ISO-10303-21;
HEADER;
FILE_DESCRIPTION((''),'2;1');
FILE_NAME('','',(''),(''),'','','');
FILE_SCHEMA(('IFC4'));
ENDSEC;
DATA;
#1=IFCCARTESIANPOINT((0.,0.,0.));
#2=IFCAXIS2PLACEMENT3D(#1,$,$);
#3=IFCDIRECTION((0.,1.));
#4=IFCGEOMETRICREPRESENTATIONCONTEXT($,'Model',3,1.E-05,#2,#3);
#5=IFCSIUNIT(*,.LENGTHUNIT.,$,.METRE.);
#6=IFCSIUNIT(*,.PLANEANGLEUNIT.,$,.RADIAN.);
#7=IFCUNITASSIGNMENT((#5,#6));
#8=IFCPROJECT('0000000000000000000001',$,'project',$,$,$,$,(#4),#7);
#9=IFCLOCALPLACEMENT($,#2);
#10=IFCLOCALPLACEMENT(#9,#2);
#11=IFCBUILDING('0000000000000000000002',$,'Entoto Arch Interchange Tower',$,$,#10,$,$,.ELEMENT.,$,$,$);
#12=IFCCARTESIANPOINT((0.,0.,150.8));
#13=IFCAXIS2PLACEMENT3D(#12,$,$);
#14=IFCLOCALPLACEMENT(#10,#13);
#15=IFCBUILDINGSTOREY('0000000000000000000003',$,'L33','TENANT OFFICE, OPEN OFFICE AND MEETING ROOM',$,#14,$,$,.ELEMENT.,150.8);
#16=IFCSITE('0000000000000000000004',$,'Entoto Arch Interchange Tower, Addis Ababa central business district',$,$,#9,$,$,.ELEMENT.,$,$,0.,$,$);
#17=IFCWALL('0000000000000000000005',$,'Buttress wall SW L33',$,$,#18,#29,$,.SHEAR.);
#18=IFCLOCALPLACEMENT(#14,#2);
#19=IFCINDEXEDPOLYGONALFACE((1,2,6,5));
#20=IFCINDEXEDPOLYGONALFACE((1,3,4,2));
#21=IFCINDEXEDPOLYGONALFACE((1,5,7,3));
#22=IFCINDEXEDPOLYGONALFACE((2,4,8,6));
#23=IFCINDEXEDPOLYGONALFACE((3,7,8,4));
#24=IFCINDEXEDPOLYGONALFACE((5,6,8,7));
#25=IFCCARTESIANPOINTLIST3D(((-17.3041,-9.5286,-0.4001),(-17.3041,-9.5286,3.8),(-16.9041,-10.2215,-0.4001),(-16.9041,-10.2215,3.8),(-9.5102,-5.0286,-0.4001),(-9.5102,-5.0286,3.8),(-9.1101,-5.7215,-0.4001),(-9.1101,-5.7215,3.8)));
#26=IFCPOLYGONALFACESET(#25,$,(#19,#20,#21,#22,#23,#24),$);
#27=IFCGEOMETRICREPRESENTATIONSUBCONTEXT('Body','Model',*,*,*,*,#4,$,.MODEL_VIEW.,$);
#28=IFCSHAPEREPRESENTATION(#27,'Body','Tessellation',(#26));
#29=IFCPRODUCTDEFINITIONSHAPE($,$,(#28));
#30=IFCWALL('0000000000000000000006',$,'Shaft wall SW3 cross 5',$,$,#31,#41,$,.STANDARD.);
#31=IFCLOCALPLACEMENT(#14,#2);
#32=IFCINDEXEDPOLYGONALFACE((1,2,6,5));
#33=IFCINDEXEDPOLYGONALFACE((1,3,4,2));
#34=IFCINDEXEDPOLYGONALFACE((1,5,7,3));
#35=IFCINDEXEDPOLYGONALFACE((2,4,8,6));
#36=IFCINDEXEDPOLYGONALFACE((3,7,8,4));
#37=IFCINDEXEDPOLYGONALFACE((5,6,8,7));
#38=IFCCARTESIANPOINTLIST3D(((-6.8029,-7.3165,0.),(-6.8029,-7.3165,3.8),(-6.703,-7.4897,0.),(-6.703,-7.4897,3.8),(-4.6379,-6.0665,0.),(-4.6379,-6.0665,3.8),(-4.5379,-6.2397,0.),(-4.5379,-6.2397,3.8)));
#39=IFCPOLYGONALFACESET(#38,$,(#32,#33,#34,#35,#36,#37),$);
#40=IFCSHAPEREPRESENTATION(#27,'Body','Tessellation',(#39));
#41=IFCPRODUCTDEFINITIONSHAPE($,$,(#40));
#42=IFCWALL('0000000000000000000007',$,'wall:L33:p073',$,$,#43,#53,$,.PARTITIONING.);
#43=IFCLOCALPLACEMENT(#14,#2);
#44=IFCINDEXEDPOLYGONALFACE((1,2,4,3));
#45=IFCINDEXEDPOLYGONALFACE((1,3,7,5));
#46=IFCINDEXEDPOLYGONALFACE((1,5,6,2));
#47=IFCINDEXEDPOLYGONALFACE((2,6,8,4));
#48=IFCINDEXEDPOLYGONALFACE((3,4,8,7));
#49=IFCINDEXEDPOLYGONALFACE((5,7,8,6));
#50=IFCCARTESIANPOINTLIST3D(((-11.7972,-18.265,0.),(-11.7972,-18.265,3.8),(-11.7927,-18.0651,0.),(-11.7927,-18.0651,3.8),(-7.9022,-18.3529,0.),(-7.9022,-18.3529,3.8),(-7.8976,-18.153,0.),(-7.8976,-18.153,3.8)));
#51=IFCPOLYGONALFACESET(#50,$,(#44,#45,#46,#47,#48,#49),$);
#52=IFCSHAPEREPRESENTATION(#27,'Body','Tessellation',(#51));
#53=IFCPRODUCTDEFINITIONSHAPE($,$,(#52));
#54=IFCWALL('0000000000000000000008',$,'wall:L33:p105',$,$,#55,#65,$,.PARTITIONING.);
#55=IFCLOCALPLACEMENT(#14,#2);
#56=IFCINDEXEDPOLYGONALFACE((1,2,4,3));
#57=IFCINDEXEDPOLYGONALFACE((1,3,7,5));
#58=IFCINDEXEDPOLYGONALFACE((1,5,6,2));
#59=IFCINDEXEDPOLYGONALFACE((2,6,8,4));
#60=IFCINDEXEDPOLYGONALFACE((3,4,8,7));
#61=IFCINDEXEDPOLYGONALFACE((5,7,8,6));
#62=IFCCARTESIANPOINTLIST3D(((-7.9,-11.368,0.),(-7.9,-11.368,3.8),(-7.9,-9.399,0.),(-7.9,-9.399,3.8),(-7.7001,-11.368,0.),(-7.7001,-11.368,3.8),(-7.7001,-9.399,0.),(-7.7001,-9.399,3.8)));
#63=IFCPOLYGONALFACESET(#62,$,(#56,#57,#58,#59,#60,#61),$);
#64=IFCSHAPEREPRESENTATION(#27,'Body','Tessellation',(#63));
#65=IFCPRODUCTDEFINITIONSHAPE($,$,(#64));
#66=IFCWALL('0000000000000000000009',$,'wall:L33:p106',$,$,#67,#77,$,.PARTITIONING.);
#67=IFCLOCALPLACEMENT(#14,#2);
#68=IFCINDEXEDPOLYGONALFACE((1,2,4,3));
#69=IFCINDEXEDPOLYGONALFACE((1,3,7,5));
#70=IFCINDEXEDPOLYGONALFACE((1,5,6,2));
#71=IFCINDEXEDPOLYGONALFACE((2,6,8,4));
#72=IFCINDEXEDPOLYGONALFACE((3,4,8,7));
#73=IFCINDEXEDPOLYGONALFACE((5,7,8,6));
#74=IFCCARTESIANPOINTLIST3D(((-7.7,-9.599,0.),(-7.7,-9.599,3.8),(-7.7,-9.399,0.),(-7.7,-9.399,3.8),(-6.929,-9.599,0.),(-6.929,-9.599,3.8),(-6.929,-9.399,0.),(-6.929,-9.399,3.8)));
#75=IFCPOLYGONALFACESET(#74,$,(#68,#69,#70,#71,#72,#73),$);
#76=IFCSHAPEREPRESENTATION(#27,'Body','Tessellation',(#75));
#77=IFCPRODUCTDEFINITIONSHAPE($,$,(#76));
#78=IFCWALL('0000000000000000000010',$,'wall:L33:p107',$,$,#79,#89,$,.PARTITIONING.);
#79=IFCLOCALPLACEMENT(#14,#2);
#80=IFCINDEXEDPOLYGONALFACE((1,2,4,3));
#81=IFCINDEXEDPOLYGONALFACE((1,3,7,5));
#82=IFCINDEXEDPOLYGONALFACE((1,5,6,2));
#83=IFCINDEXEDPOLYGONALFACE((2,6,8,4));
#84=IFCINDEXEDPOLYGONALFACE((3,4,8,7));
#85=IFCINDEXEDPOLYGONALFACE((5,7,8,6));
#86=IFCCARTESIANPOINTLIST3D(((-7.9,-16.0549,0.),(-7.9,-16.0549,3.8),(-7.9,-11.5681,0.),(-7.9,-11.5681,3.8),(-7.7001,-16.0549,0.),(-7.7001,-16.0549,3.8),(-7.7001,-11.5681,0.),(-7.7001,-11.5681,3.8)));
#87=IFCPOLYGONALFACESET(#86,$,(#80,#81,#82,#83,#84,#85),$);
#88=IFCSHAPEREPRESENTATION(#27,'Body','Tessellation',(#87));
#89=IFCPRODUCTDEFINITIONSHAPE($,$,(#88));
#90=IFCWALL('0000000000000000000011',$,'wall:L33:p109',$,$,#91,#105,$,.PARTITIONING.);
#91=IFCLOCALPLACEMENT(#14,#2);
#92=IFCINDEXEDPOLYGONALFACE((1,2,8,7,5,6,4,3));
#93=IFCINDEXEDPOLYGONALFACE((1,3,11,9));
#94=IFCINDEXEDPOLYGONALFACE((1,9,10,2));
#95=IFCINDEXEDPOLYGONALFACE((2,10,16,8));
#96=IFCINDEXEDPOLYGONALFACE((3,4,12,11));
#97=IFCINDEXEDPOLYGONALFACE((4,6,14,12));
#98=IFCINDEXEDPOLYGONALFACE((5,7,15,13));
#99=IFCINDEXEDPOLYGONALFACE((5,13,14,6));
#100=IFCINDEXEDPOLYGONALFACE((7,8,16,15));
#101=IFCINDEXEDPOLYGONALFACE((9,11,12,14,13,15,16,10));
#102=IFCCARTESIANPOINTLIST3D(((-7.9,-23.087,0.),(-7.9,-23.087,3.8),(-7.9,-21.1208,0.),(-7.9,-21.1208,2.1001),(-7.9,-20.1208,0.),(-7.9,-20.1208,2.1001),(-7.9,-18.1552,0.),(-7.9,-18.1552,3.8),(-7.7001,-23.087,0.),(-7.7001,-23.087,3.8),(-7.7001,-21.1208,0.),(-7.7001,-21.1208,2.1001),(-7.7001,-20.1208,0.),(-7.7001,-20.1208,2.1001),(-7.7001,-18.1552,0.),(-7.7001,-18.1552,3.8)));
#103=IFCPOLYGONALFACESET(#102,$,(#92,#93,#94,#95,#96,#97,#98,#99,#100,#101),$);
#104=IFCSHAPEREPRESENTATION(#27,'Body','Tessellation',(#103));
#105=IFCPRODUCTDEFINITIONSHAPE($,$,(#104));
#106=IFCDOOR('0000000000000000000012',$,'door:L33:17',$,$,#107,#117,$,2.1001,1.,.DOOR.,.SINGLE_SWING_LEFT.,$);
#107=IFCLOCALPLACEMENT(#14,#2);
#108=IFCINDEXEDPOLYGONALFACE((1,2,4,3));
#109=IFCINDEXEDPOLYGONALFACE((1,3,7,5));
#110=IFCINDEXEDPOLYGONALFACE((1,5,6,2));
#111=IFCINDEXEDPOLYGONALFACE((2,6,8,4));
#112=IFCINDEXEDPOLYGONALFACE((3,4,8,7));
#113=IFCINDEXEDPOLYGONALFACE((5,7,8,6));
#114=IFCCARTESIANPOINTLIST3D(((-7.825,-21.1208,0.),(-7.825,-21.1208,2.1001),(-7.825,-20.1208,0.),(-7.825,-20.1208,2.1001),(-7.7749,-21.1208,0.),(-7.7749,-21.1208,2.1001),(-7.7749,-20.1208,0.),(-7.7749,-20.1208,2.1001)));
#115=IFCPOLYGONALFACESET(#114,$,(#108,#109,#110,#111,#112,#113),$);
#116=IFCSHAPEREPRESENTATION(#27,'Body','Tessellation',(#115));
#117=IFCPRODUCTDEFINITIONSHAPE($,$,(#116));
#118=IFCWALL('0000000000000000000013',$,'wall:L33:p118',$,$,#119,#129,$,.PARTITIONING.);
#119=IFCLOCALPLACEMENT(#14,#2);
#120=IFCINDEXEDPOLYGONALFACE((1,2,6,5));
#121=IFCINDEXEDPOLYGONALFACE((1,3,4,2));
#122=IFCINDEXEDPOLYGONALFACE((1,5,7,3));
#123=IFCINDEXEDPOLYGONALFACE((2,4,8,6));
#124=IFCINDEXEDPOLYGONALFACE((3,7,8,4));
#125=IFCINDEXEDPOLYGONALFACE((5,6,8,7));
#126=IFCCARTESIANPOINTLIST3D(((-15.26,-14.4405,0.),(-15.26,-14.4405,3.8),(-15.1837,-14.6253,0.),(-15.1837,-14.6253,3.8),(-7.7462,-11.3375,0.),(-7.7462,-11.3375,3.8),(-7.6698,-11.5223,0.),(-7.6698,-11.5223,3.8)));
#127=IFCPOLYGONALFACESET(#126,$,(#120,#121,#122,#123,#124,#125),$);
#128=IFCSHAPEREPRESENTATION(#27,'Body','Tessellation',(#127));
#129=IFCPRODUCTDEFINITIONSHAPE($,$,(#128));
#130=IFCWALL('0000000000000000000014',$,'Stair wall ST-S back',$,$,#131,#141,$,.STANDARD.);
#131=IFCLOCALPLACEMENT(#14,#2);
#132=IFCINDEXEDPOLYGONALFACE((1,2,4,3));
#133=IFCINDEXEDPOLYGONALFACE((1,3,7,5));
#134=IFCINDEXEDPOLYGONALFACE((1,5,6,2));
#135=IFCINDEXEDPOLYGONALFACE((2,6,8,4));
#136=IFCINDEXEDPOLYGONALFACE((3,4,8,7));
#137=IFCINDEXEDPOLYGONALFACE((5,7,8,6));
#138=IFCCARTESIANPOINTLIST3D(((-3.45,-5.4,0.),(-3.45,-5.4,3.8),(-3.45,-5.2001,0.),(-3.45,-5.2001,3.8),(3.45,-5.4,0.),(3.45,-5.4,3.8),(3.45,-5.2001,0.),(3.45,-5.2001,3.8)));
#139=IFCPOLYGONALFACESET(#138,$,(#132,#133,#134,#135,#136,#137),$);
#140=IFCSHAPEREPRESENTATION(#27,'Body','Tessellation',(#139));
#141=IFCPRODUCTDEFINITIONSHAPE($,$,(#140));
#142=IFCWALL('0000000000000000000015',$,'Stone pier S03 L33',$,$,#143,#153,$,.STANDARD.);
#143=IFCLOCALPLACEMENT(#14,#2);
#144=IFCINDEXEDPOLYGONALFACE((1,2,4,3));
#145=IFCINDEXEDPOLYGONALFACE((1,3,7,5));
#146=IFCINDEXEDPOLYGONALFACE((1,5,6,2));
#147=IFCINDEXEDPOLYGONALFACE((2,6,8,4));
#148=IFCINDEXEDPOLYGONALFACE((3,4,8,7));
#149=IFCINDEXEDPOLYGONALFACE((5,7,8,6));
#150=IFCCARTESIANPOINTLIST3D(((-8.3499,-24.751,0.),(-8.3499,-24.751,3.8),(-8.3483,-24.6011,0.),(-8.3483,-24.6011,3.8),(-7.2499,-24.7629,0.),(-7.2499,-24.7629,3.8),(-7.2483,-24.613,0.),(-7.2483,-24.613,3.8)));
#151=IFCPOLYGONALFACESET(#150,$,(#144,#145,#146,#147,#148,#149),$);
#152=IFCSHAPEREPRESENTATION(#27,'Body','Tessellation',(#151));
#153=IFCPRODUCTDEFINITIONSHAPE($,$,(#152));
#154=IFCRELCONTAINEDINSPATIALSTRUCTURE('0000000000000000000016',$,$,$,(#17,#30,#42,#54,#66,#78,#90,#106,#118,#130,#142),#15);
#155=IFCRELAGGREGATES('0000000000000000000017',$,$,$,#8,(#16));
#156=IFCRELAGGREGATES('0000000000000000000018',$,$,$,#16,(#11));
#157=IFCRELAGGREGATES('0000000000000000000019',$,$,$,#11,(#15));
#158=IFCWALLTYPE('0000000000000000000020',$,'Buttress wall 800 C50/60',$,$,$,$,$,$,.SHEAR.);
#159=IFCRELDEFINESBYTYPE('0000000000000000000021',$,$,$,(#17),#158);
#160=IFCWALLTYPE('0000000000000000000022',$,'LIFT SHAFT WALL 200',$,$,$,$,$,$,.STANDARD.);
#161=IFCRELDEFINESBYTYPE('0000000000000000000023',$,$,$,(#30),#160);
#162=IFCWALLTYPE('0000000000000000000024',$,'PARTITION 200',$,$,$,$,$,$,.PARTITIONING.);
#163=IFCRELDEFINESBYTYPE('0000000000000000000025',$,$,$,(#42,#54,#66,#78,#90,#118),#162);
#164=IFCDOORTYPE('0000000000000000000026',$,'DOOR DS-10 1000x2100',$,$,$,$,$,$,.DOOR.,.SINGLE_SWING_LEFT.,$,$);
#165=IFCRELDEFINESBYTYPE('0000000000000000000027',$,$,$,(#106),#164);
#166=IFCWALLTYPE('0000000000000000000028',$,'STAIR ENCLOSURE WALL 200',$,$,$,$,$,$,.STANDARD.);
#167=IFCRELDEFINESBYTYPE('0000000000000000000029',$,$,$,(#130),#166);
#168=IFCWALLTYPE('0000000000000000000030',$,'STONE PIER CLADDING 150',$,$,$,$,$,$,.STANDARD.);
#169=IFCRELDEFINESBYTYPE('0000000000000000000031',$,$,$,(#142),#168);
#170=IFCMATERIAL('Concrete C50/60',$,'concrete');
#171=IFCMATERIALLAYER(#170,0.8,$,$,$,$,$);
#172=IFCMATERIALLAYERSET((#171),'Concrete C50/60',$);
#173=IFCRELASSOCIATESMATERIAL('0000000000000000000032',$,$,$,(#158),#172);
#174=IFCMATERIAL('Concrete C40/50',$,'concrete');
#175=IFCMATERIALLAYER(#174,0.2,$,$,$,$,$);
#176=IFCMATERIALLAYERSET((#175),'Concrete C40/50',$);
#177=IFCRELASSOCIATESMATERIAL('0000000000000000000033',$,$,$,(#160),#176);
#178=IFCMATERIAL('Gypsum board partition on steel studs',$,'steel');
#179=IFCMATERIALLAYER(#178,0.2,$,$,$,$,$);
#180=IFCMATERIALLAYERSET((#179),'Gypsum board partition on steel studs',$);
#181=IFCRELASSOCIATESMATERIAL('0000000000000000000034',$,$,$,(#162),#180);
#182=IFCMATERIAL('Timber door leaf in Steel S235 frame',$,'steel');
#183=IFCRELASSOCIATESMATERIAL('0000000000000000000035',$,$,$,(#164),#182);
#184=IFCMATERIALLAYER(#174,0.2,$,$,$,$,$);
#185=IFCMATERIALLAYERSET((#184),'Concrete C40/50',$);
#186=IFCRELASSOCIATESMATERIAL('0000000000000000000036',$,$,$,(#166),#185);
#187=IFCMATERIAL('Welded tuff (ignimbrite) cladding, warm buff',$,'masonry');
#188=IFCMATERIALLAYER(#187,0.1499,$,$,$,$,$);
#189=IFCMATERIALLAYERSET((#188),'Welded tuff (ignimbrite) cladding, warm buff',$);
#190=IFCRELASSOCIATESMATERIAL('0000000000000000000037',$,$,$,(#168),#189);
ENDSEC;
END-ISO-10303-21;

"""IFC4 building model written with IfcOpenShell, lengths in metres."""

from ifc_helpers import new_model, si_unit, direction, frame, frame_2d, origin, place, context, subcontext, project, spatial, rectangle, extrude, material, layer, layer_set, type_object, element, fill, save


model = new_model("IFC4")

# Units and contexts
model_context = context("Model", 3, precision=1e-05, world=origin(), true_north=direction((0.0, 1.0)))
body_context = subcontext(model_context, "Body", "Model", "MODEL_VIEW")
ifc_project = project(units=[si_unit("LENGTHUNIT", "METRE"), si_unit("PLANEANGLEUNIT", "RADIAN")], contexts=[model_context])

# Site, building, storey
site_placement = place(None, origin())
site = spatial("IfcSite", under=ifc_project, at=site_placement, Name="Entoto Arch Interchange Tower, Addis Ababa central business district", CompositionType="ELEMENT", RefElevation=0.0)
building_placement = place(site_placement, origin())
building = spatial("IfcBuilding", under=site, at=building_placement, Name="Entoto Arch Interchange Tower", CompositionType="ELEMENT")
storey_placement = place(building_placement, frame((0.0, 0.0, 150.8)))
storey = spatial("IfcBuildingStorey", under=building, at=storey_placement, Name="L33", Description="TENANT OFFICE, OPEN OFFICE AND MEETING ROOM", CompositionType="ELEMENT", Elevation=150.8)

# Shared definitions
ifc_material_1 = material(Name="Concrete C50/60", Category="concrete")

# Walls
ifc_layer_1 = layer(ifc_material_1, 0.8)
ifc_layer_set_1 = layer_set([ifc_layer_1], Name="Concrete C50/60")
wall_type_1 = type_object("IfcWallType", Name="Buttress wall 800 C50/60", PredefinedType="SHEAR", material=ifc_layer_set_1)
wall_1_placement = place(storey_placement, frame((-9.3101, -5.375, -0.4001), z_axis=(0.0, 0.0, 1.0), x_axis=(-0.866018, -0.500014, 0.0)))
element("IfcWall", 1, at=wall_1_placement, inside=storey, type_object=wall_type_1, Name="Buttress wall SW L33", PredefinedType="SHEAR", context=body_context, shape_type="SweptSolid", body=[
    extrude(rectangle(XDim=8.9998, YDim=0.8, at=frame_2d((4.5, 0.0))), origin(), (0.0, 0.0, 1.0), 4.2002),
])
ifc_material_2 = material(Name="Concrete C40/50", Category="concrete")
ifc_layer_2 = layer(ifc_material_2, 0.2)
ifc_layer_set_2 = layer_set([ifc_layer_2], Name="Concrete C40/50")
wall_type_2 = type_object("IfcWallType", Name="LIFT SHAFT WALL 200", PredefinedType="STANDARD", material=ifc_layer_set_2)
wall_2_placement = place(storey_placement, frame((-4.5879, -6.1531, 0.0), z_axis=(0.0, 0.0, 1.0), x_axis=(-0.866023, -0.500004, 0.0)))
element("IfcWall", 2, at=wall_2_placement, inside=storey, type_object=wall_type_2, Name="Shaft wall SW3 cross 5", PredefinedType="STANDARD", context=body_context, shape_type="SweptSolid", body=[
    extrude(rectangle(XDim=2.5, YDim=0.2, at=frame_2d((1.25, 0.0))), origin(), (0.0, 0.0, 1.0), 3.8),
])
ifc_material_3 = material(Name="Gypsum board partition on steel studs", Category="steel")
ifc_layer_3 = layer(ifc_material_3, 0.2)
ifc_layer_set_3 = layer_set([ifc_layer_3], Name="Gypsum board partition on steel studs")
wall_type_3 = type_object("IfcWallType", Name="PARTITION 200", PredefinedType="PARTITIONING", material=ifc_layer_set_3)
wall_3_placement = place(storey_placement, frame((-7.8999, -18.2529, 0.0), z_axis=(0.0, 0.0, 1.0), x_axis=(-0.999746, 0.022559, 0.0)))
element("IfcWall", 3, at=wall_3_placement, inside=storey, type_object=wall_type_3, Name="wall:L33:p073", PredefinedType="PARTITIONING", context=body_context, shape_type="SweptSolid", body=[
    extrude(rectangle(XDim=3.896, YDim=0.2, at=frame_2d((1.948, 0.0))), origin(), (0.0, 0.0, 1.0), 3.8),
])
wall_4_placement = place(storey_placement, frame((-7.8, -11.3679, 0.0), z_axis=(0.0, 0.0, 1.0), x_axis=(0.0, 1.0, 0.0)))
element("IfcWall", 4, at=wall_4_placement, inside=storey, type_object=wall_type_3, Name="wall:L33:p105", PredefinedType="PARTITIONING", context=body_context, shape_type="SweptSolid", body=[
    extrude(rectangle(XDim=1.969, YDim=0.2, at=frame_2d((0.9844, 0.0))), origin(), (0.0, 0.0, 1.0), 3.8),
])
wall_5_placement = place(storey_placement, frame((-7.7, -9.499, 0.0), z_axis=(0.0, 0.0, 1.0), x_axis=(1.0, 0.0, 0.0)))
element("IfcWall", 5, at=wall_5_placement, inside=storey, type_object=wall_type_3, Name="wall:L33:p106", PredefinedType="PARTITIONING", context=body_context, shape_type="SweptSolid", body=[
    extrude(rectangle(XDim=0.771, YDim=0.2, at=frame_2d((0.3855, 0.0))), origin(), (0.0, 0.0, 1.0), 3.8),
])
wall_6_placement = place(storey_placement, frame((-7.8, -16.0549, 0.0), z_axis=(0.0, 0.0, 1.0), x_axis=(0.0, 1.0, 0.0)))
element("IfcWall", 6, at=wall_6_placement, inside=storey, type_object=wall_type_3, Name="wall:L33:p107", PredefinedType="PARTITIONING", context=body_context, shape_type="SweptSolid", body=[
    extrude(rectangle(XDim=4.4868, YDim=0.2, at=frame_2d((2.2434, 0.0))), origin(), (0.0, 0.0, 1.0), 3.8),
])

# Wall, opening, door
wall_7_placement = place(storey_placement, frame((-7.8, -23.0869, 0.0), z_axis=(0.0, 0.0, 1.0), x_axis=(0.0, 1.0, 0.0)))
wall_7 = element("IfcWall", 7, at=wall_7_placement, inside=storey, type_object=wall_type_3, Name="wall:L33:p109", PredefinedType="PARTITIONING", context=body_context, shape_type="SweptSolid", body=[
    extrude(rectangle(XDim=4.9319, YDim=0.2, at=frame_2d((2.4658, 0.0))), origin(), (0.0, 0.0, 1.0), 3.8),
])
opening_placement = place(wall_7_placement, frame((1.9661, 0.0, 0.0)))
opening = element("IfcOpeningElement", 8, at=opening_placement, cuts=wall_7, PredefinedType="OPENING", context=body_context, shape_type="SweptSolid", body=[
    extrude(rectangle(XDim=1.0, YDim=2.1001, at=frame_2d((0.5, 1.05))), frame((0.0, 0.1099, 0.0), z_axis=(0.0, -1.0, 0.0), x_axis=(1.0, 0.0, 0.0)), (0.0, 0.0, 1.0), 0.22),
])
ifc_material_4 = material(Name="Timber door leaf in Steel S235 frame", Category="steel")
door_type = type_object("IfcDoorType", Name="DOOR DS-10 1000x2100", OperationType="SINGLE_SWING_LEFT", PredefinedType="DOOR", material=ifc_material_4)
door_placement = place(opening_placement, origin())
door = element("IfcDoor", 9, at=door_placement, inside=storey, type_object=door_type, Name="door:L33:17", OperationType="SINGLE_SWING_LEFT", OverallHeight=2.1001, OverallWidth=1.0, PredefinedType="DOOR", context=body_context, shape_type="SweptSolid", body=[
    extrude(rectangle(XDim=1.0, YDim=2.1001, at=frame_2d((0.5, 1.05))), frame((0.0, 0.0249, 0.0), z_axis=(0.0, -1.0, 0.0), x_axis=(1.0, 0.0, 0.0)), (0.0, 0.0, 1.0), 0.05),
])
fill(opening, door)

# Walls
wall_8_placement = place(storey_placement, frame((-7.708, -11.4299, 0.0), z_axis=(0.0, 0.0, 1.0), x_axis=(-0.924285, -0.381703, 0.0)))
element("IfcWall", 10, at=wall_8_placement, inside=storey, type_object=wall_type_3, Name="wall:L33:p118", PredefinedType="PARTITIONING", context=body_context, shape_type="SweptSolid", body=[
    extrude(rectangle(XDim=8.1294, YDim=0.2, at=frame_2d((4.0647, 0.0))), origin(), (0.0, 0.0, 1.0), 3.8),
])
ifc_layer_4 = layer(ifc_material_2, 0.2)
ifc_layer_set_4 = layer_set([ifc_layer_4], Name="Concrete C40/50")
wall_type_4 = type_object("IfcWallType", Name="STAIR ENCLOSURE WALL 200", PredefinedType="STANDARD", material=ifc_layer_set_4)
wall_9_placement = place(storey_placement, frame((-3.45, -5.3, 0.0), z_axis=(0.0, 0.0, 1.0), x_axis=(1.0, 0.0, 0.0)))
element("IfcWall", 11, at=wall_9_placement, inside=storey, type_object=wall_type_4, Name="Stair wall ST-S back", PredefinedType="STANDARD", context=body_context, shape_type="SweptSolid", body=[
    extrude(rectangle(XDim=6.8999, YDim=0.2, at=frame_2d((3.45, 0.0))), origin(), (0.0, 0.0, 1.0), 3.8),
])
ifc_material_5 = material(Name="Welded tuff (ignimbrite) cladding, warm buff", Category="masonry")
ifc_layer_5 = layer(ifc_material_5, 0.1499)
ifc_layer_set_5 = layer_set([ifc_layer_5], Name="Welded tuff (ignimbrite) cladding, warm buff")
wall_type_5 = type_object("IfcWallType", Name="STONE PIER CLADDING 150", PredefinedType="STANDARD", material=ifc_layer_set_5)
wall_10_placement = place(storey_placement, frame((-8.3491, -24.676, 0.0), z_axis=(0.0, 0.0, 1.0), x_axis=(0.999941, -0.010874, 0.0)))
element("IfcWall", 12, at=wall_10_placement, inside=storey, type_object=wall_type_5, Name="Stone pier S03 L33", PredefinedType="STANDARD", context=body_context, shape_type="SweptSolid", body=[
    extrude(rectangle(XDim=1.1001, YDim=0.1499, at=frame_2d((0.55, 0.0))), origin(), (0.0, 0.0, 1.0), 3.8),
])

save(model, "model.ifc")
